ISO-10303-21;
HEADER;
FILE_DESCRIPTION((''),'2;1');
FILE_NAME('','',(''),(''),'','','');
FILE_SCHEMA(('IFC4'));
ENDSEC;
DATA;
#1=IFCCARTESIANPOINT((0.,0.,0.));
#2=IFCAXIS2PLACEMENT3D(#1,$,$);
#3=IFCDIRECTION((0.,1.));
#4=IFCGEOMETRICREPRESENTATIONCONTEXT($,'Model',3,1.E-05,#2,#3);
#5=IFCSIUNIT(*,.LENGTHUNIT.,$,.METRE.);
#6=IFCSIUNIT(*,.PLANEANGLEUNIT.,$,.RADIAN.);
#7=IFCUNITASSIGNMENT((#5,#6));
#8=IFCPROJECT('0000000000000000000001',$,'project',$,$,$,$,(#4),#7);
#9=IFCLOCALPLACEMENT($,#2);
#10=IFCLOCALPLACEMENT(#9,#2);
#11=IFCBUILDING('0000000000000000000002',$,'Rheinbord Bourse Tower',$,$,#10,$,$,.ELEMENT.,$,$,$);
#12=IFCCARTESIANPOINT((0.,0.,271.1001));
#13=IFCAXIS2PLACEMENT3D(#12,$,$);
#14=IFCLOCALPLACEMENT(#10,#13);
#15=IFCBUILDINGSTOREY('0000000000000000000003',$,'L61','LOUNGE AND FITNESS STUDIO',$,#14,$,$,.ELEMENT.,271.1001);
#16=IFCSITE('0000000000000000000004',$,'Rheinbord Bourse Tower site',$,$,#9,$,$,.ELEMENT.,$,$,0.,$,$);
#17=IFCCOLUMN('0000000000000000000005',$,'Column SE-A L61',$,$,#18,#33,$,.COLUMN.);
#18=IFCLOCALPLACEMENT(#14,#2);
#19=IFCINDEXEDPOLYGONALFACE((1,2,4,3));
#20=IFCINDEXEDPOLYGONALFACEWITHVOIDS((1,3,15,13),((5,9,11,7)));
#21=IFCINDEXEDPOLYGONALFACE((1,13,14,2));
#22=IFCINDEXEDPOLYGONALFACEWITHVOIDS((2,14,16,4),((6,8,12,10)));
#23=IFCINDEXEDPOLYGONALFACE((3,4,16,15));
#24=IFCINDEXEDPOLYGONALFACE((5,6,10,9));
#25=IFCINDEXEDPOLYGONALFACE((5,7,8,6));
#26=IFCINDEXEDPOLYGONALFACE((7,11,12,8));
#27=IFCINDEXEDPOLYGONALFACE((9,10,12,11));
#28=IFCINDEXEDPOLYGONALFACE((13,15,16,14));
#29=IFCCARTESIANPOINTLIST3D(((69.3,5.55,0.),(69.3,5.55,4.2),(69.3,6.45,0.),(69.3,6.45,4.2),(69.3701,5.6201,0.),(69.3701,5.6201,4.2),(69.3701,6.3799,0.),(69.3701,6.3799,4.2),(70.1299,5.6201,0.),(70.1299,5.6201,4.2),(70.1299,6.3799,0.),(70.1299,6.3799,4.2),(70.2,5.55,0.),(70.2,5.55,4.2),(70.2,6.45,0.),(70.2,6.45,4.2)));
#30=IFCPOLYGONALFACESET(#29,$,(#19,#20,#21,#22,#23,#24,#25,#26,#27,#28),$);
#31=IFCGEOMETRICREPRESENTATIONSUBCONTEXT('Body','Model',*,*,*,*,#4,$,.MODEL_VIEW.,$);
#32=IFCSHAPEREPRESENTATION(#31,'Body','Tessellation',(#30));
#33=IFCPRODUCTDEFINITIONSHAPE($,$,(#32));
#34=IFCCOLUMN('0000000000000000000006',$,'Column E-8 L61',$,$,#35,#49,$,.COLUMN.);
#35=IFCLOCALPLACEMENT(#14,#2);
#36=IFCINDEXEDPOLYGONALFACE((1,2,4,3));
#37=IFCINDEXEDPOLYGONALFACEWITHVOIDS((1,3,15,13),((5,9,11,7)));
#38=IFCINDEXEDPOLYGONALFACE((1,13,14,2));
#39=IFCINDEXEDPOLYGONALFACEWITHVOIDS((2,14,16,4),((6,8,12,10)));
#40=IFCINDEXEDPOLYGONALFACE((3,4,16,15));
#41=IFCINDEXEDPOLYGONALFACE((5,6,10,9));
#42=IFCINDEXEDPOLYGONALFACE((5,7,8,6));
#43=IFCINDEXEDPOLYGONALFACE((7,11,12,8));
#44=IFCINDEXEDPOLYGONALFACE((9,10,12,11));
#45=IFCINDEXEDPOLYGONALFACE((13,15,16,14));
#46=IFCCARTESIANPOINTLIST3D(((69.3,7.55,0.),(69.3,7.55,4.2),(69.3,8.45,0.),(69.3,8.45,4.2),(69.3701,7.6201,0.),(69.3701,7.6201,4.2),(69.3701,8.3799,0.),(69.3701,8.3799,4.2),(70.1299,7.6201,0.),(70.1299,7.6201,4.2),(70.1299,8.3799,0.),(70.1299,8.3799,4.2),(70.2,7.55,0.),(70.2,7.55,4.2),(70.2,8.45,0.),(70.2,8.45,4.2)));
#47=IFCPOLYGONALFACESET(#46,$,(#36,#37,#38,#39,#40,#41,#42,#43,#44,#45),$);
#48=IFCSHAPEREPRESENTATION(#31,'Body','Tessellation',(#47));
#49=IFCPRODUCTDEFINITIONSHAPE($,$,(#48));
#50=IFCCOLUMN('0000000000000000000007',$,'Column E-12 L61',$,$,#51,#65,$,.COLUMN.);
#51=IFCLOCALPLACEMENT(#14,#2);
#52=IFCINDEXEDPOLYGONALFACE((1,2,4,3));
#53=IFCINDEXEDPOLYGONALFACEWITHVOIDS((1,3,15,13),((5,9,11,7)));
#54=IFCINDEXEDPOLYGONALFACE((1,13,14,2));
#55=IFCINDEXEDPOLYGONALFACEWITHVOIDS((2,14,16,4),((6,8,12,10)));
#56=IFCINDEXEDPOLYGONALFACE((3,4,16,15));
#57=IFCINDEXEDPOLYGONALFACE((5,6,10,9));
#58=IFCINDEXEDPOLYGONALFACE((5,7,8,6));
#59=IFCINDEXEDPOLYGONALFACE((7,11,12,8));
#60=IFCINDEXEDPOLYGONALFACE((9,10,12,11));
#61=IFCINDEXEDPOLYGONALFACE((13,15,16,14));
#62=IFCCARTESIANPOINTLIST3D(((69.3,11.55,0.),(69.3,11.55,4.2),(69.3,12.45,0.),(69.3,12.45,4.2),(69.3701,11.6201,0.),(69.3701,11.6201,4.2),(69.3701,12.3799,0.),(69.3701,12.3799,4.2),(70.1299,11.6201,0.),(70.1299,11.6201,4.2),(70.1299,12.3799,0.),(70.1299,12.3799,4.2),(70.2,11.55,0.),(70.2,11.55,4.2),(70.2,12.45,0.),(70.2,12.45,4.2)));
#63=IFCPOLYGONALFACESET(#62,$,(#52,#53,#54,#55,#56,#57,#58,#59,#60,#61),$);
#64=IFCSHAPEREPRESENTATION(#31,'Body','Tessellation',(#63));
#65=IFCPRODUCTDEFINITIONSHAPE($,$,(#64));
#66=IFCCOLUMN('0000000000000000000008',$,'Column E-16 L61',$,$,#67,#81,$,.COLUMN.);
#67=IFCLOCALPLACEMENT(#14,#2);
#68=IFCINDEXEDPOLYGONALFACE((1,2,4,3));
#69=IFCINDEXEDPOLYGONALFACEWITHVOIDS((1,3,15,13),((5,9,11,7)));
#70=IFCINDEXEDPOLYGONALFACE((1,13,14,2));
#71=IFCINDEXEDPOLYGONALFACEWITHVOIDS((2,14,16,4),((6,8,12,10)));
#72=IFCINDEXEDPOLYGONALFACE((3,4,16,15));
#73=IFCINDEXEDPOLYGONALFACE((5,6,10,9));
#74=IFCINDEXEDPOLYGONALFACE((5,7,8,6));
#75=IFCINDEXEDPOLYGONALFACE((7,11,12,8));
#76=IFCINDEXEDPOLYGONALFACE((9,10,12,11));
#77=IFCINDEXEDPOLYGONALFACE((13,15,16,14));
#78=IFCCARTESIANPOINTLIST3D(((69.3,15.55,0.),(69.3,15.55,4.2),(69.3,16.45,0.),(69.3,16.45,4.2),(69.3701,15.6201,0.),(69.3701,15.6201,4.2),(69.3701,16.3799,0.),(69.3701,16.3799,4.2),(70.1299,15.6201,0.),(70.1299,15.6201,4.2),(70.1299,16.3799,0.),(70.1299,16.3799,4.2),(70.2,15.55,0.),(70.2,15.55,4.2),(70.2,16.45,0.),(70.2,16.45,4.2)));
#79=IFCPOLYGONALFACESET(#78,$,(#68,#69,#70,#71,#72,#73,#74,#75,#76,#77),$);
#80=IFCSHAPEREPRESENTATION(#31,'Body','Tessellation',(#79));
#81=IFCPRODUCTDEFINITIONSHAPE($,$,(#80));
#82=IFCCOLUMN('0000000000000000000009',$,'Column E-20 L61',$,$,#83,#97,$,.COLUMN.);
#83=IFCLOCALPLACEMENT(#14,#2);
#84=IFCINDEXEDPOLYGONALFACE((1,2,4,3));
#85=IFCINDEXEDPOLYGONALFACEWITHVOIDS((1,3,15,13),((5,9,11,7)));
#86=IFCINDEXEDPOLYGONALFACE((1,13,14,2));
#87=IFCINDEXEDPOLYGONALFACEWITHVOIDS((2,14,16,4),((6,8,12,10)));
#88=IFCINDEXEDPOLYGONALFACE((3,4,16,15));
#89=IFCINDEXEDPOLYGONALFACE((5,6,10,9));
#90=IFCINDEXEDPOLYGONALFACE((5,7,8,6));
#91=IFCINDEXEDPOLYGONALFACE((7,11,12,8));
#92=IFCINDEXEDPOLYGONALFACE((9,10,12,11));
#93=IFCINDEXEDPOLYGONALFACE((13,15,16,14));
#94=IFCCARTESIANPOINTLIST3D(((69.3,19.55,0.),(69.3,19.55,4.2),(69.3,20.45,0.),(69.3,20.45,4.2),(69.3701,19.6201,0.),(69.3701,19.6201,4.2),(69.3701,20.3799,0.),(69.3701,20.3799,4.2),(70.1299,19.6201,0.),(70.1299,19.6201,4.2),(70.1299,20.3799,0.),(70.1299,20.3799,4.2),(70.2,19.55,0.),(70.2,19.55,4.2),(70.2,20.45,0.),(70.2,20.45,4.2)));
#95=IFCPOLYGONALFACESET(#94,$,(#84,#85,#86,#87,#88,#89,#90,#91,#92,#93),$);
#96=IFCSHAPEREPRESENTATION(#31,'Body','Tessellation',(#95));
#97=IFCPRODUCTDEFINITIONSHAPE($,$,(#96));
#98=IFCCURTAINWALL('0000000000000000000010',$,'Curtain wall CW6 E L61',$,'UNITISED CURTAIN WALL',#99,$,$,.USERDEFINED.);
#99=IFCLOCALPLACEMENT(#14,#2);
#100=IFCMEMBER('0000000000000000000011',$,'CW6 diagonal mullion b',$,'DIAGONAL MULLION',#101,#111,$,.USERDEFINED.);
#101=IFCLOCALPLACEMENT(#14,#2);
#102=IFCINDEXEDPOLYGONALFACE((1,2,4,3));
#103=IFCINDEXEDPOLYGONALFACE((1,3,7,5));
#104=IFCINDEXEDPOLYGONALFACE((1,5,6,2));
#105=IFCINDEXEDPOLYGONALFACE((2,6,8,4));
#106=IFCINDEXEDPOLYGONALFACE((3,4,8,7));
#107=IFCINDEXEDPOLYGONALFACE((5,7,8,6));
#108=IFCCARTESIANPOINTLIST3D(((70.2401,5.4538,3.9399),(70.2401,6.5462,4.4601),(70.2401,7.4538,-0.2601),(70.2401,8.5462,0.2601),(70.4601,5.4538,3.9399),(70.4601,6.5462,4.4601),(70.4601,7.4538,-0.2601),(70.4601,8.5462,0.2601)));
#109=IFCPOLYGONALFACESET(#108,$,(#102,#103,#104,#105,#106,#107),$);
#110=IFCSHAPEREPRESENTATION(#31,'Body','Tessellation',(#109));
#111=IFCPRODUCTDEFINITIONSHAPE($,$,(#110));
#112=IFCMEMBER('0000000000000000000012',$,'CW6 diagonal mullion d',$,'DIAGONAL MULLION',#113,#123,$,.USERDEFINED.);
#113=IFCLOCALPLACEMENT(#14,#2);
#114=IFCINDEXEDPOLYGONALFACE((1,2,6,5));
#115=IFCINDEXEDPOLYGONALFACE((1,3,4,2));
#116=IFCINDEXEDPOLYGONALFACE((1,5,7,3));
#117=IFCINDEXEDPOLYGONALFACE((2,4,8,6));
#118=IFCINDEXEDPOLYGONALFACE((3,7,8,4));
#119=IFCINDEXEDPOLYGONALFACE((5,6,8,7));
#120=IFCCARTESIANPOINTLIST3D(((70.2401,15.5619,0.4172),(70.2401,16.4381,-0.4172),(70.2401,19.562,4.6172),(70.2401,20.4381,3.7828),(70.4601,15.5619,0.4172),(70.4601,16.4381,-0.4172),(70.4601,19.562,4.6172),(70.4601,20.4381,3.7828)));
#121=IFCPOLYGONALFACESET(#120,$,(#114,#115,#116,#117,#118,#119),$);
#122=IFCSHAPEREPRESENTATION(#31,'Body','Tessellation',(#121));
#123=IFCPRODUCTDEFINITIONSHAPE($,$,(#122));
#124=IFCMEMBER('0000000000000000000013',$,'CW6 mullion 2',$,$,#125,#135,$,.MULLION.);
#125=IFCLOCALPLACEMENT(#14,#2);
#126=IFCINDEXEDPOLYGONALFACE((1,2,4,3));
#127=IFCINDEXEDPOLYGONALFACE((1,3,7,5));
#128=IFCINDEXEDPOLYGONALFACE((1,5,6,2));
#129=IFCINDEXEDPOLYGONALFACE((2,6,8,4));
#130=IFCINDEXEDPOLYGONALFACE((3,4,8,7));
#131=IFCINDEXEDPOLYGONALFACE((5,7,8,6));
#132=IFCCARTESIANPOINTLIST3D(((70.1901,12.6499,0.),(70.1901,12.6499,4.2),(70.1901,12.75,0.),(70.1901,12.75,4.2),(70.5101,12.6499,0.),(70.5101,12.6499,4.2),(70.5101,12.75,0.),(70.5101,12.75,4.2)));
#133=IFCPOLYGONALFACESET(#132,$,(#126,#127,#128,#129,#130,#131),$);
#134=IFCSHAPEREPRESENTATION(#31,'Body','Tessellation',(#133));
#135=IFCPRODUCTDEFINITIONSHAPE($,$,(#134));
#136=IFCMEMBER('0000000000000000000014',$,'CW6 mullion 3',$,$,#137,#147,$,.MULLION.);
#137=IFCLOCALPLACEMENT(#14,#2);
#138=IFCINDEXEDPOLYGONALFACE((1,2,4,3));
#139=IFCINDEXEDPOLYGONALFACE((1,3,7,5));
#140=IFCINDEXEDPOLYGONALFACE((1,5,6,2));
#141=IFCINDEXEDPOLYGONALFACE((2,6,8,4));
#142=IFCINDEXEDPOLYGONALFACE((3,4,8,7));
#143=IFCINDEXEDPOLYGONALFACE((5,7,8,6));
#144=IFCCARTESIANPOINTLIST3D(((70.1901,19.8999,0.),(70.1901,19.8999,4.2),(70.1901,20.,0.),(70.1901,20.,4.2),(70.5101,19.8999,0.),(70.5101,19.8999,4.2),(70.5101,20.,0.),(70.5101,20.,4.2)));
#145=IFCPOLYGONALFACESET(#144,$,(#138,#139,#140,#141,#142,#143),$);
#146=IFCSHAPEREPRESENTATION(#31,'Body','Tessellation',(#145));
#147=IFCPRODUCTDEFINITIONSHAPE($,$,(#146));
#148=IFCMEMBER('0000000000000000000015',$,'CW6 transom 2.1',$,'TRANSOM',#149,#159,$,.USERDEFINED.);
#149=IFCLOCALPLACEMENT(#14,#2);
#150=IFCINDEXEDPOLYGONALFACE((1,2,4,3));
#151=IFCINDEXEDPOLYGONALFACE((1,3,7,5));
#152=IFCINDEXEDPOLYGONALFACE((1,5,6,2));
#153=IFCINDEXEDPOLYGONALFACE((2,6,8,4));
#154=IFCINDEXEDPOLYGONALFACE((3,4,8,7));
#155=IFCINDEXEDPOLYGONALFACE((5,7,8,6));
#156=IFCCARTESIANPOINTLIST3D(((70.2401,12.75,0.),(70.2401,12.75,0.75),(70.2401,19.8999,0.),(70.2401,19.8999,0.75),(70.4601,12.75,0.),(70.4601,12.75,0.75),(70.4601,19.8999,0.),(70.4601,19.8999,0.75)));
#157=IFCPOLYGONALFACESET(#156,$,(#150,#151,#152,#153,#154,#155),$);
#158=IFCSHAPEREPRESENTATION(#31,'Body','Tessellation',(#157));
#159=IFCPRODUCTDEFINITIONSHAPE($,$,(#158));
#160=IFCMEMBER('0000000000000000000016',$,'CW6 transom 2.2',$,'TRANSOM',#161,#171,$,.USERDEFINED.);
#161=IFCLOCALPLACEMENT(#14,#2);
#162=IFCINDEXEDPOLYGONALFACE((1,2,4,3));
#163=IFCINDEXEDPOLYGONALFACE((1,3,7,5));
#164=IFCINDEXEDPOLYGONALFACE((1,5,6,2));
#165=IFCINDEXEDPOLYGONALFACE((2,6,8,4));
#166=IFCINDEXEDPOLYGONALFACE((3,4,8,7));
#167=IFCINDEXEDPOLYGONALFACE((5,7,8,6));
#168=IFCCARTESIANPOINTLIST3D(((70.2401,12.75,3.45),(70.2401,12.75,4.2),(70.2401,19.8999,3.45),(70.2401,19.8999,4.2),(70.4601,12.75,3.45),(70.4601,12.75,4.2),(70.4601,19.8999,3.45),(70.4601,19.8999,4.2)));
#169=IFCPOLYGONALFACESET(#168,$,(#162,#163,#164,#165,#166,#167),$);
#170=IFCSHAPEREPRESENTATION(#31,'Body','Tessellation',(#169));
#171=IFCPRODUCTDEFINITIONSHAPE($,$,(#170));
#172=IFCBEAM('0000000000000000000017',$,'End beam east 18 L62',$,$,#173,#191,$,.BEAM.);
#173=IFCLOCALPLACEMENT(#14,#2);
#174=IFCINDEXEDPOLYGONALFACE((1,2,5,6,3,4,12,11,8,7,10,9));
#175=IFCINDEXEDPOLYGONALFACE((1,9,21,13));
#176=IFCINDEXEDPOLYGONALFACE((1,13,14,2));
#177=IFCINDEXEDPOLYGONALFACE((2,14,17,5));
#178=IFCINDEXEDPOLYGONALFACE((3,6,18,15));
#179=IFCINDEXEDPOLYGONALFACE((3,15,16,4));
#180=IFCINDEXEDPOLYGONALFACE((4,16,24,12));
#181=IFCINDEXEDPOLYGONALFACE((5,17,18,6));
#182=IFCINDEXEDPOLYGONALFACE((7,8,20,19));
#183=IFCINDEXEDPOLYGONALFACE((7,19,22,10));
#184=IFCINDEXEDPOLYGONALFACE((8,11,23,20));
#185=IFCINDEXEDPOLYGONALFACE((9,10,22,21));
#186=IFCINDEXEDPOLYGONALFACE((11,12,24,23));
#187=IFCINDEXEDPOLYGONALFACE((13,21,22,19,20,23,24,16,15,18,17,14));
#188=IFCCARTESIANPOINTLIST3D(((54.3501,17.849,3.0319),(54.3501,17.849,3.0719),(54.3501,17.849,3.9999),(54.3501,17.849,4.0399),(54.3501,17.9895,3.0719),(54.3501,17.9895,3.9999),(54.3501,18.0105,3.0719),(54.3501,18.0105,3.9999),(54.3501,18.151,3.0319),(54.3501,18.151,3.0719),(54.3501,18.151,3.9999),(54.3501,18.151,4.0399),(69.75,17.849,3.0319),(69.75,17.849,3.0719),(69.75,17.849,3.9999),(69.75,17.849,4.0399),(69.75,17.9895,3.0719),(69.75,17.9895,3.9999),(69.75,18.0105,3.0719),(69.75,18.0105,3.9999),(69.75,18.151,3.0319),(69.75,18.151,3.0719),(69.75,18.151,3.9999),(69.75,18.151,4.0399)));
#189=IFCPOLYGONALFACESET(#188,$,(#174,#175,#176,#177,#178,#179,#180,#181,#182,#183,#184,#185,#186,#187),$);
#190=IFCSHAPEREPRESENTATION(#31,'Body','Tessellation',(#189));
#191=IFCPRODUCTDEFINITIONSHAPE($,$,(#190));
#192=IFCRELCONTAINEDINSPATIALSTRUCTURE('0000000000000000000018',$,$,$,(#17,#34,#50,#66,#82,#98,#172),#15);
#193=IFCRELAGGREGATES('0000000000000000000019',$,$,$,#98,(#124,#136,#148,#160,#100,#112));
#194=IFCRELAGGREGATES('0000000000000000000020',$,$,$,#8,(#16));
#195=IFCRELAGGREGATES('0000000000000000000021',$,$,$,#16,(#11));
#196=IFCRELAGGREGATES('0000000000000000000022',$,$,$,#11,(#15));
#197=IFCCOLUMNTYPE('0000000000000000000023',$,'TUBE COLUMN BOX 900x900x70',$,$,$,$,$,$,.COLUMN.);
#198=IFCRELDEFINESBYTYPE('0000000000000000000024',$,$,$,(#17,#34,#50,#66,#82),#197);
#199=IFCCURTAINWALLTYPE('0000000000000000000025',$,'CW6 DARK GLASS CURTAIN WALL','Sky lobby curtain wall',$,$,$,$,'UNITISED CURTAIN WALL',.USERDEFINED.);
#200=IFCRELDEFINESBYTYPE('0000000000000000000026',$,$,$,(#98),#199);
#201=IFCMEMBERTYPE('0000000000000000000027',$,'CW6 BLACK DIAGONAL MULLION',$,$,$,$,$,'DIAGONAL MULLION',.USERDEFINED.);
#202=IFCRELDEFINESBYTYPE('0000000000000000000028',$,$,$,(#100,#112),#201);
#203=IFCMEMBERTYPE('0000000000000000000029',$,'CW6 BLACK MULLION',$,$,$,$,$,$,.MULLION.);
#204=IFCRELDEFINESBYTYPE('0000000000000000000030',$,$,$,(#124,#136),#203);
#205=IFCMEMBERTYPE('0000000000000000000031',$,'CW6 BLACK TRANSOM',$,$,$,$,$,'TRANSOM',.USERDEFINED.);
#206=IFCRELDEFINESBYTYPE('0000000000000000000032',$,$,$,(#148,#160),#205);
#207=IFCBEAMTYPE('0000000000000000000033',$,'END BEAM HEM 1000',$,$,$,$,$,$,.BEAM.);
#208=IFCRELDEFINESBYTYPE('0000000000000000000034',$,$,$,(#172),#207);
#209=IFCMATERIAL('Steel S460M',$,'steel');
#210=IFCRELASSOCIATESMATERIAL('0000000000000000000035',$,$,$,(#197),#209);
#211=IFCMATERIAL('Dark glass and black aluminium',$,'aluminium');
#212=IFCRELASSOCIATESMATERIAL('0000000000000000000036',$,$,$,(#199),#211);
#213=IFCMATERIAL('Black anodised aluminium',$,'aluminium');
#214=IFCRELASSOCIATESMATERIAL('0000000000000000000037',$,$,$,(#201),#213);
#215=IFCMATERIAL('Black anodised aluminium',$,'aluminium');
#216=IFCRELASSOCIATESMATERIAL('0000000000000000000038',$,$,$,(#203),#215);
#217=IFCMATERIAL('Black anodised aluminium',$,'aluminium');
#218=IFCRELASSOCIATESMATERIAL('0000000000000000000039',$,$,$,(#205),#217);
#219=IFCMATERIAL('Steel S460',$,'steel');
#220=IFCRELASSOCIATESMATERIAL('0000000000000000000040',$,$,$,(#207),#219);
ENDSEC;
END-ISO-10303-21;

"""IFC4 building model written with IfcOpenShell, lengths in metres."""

from ifc_helpers import new_model, si_unit, direction, frame, origin, origin_2d, place, context, subcontext, project, spatial, rectangle, hollow_rectangle, i_section, extrude, material, material_profile, profile_set, type_object, element, aggregate, save


model = new_model("IFC4")

# Units and contexts
model_context = context("Model", 3, precision=1e-05, world=origin(), true_north=direction((0.0, 1.0)))
body_context = subcontext(model_context, "Body", "Model", "MODEL_VIEW")
ifc_project = project(units=[si_unit("LENGTHUNIT", "METRE"), si_unit("PLANEANGLEUNIT", "RADIAN")], contexts=[model_context])

# Site, building, storey
site_placement = place(None, origin())
site = spatial("IfcSite", under=ifc_project, at=site_placement, Name="Rheinbord Bourse Tower site", CompositionType="ELEMENT", RefElevation=0.0)
building_placement = place(site_placement, origin())
building = spatial("IfcBuilding", under=site, at=building_placement, Name="Rheinbord Bourse Tower", CompositionType="ELEMENT")
storey_placement = place(building_placement, frame((0.0, 0.0, 271.1001)))
storey = spatial("IfcBuildingStorey", under=building, at=storey_placement, Name="L61", Description="LOUNGE AND FITNESS STUDIO", CompositionType="ELEMENT", Elevation=271.1001)

# Columns
ifc_material_1 = material(Name="Steel S460M", Category="steel")
ifc_material_profile_1 = material_profile(ifc_material_1, hollow_rectangle(XDim=0.8999, YDim=0.8999, WallThickness=0.0701, at=origin_2d()), Name="BOX 900x900x70")
ifc_profile_set_1 = profile_set([ifc_material_profile_1], Name="Steel S460M")
column_type = type_object("IfcColumnType", Name="TUBE COLUMN BOX 900x900x70", PredefinedType="COLUMN", material=ifc_profile_set_1)
for number, where, z_axis, x_axis, name in (
    (1, (69.75, 6.0, 0.0), (0.0, 0.0, 1.0), (1.0, 0.0, 0.0), "Column SE-A L61"),
    (2, (69.75, 8.0, 0.0), (0.0, 0.0, 1.0), (1.0, 0.0, 0.0), "Column E-8 L61"),
    (3, (69.75, 12.0, 0.0), (0.0, 0.0, 1.0), (1.0, 0.0, 0.0), "Column E-12 L61"),
    (4, (69.75, 16.0, 0.0), (0.0, 0.0, 1.0), (1.0, 0.0, 0.0), "Column E-16 L61"),
    (5, (69.75, 20.0, 0.0), (0.0, 0.0, 1.0), (1.0, 0.0, 0.0), "Column E-20 L61"),
):
    element("IfcColumn", number, at=place(storey_placement, frame(where, z_axis=z_axis, x_axis=x_axis)), inside=storey, type_object=column_type, Name=name, PredefinedType="COLUMN", context=body_context, shape_type="SweptSolid", body=[
        extrude(hollow_rectangle(XDim=0.8999, YDim=0.8999, WallThickness=0.0701, at=origin_2d()), origin(), (0.0, 0.0, 1.0), 4.2),
    ])

# Curtain wall, members
ifc_material_2 = material(Name="Dark glass and black aluminium", Category="aluminium")
curtain_wall_type = type_object("IfcCurtainWallType", Name="CW6 DARK GLASS CURTAIN WALL", Description="Sky lobby curtain wall", ElementType="UNITISED CURTAIN WALL", PredefinedType="USERDEFINED", material=ifc_material_2)
curtain_wall_placement = place(storey_placement, origin())
curtain_wall = element("IfcCurtainWall", 6, at=curtain_wall_placement, inside=storey, type_object=curtain_wall_type, Name="Curtain wall CW6 E L61", ObjectType="UNITISED CURTAIN WALL", PredefinedType="USERDEFINED")
ifc_material_3 = material(Name="Black anodised aluminium", Category="aluminium")
ifc_material_profile_2 = material_profile(ifc_material_3, rectangle(XDim=0.22, YDim=1.21, at=origin_2d()), Name="CW6 DIAGONAL MULLION 1210x220")
ifc_profile_set_2 = profile_set([ifc_material_profile_2], Name="Black anodised aluminium")
member_type_1 = type_object("IfcMemberType", Name="CW6 BLACK DIAGONAL MULLION", ElementType="DIAGONAL MULLION", PredefinedType="USERDEFINED", material=ifc_profile_set_2)
member_1_placement = place(storey_placement, frame((70.3501, 8.0, 0.0), z_axis=(0.0, -0.429938, 0.902859), x_axis=(1.0, 0.0, 0.0)))
member_1 = element("IfcMember", 7, at=member_1_placement, type_object=member_type_1, Name="CW6 diagonal mullion b", ObjectType="DIAGONAL MULLION", PredefinedType="USERDEFINED", context=body_context, shape_type="SweptSolid", body=[
    extrude(rectangle(XDim=0.22, YDim=1.21, at=origin_2d()), origin(), (0.0, 0.0, 1.0), 4.6519),
])
member_2_placement = place(storey_placement, frame((70.3501, 16.0, 0.0), z_axis=(0.0, 0.689659, 0.724134), x_axis=(-1.0, 0.0, 0.0)))
member_2 = element("IfcMember", 8, at=member_2_placement, type_object=member_type_1, Name="CW6 diagonal mullion d", ObjectType="DIAGONAL MULLION", PredefinedType="USERDEFINED", context=body_context, shape_type="SweptSolid", body=[
    extrude(rectangle(XDim=0.22, YDim=1.21, at=origin_2d()), origin(), (0.0, 0.0, 1.0), 5.8),
])
ifc_material_4 = material(Name="Black anodised aluminium", Category="aluminium")
ifc_material_profile_3 = material_profile(ifc_material_4, rectangle(XDim=0.3201, YDim=0.1001, at=origin_2d()), Name="CW6 MULLION 100x320")
ifc_profile_set_3 = profile_set([ifc_material_profile_3], Name="Black anodised aluminium")
member_type_2 = type_object("IfcMemberType", Name="CW6 BLACK MULLION", PredefinedType="MULLION", material=ifc_profile_set_3)
member_3_placement = place(storey_placement, frame((70.3501, 12.7, 0.0), z_axis=(0.0, 0.0, 1.0), x_axis=(-1.0, 0.0, 0.0)))
member_3 = element("IfcMember", 9, at=member_3_placement, type_object=member_type_2, Name="CW6 mullion 2", PredefinedType="MULLION", context=body_context, shape_type="SweptSolid", body=[
    extrude(rectangle(XDim=0.3201, YDim=0.1001, at=origin_2d()), origin(), (0.0, 0.0, 1.0), 4.2),
])
member_4_placement = place(storey_placement, frame((70.3501, 19.95, 0.0), z_axis=(0.0, 0.0, 1.0), x_axis=(-1.0, 0.0, 0.0)))
member_4 = element("IfcMember", 10, at=member_4_placement, type_object=member_type_2, Name="CW6 mullion 3", PredefinedType="MULLION", context=body_context, shape_type="SweptSolid", body=[
    extrude(rectangle(XDim=0.3201, YDim=0.1001, at=origin_2d()), origin(), (0.0, 0.0, 1.0), 4.2),
])
ifc_material_5 = material(Name="Black anodised aluminium", Category="aluminium")
ifc_material_profile_4 = material_profile(ifc_material_5, rectangle(XDim=0.22, YDim=0.75, at=origin_2d()), Name="CW6 TRANSOM 750x220")
ifc_profile_set_4 = profile_set([ifc_material_profile_4], Name="Black anodised aluminium")
member_type_3 = type_object("IfcMemberType", Name="CW6 BLACK TRANSOM", ElementType="TRANSOM", PredefinedType="USERDEFINED", material=ifc_profile_set_4)
member_5_placement = place(storey_placement, frame((70.3501, 12.75, 0.375), z_axis=(0.0, 1.0, 0.0), x_axis=(-1.0, 0.0, 0.0)))
member_5 = element("IfcMember", 11, at=member_5_placement, type_object=member_type_3, Name="CW6 transom 2.1", ObjectType="TRANSOM", PredefinedType="USERDEFINED", context=body_context, shape_type="SweptSolid", body=[
    extrude(rectangle(XDim=0.22, YDim=0.75, at=origin_2d()), origin(), (0.0, 0.0, 1.0), 7.1499),
])
member_6_placement = place(storey_placement, frame((70.3501, 12.75, 3.825), z_axis=(0.0, 1.0, 0.0), x_axis=(-1.0, 0.0, 0.0)))
member_6 = element("IfcMember", 12, at=member_6_placement, type_object=member_type_3, Name="CW6 transom 2.2", ObjectType="TRANSOM", PredefinedType="USERDEFINED", context=body_context, shape_type="SweptSolid", body=[
    extrude(rectangle(XDim=0.22, YDim=0.75, at=origin_2d()), origin(), (0.0, 0.0, 1.0), 7.1499),
])

# Beam
ifc_material_6 = material(Name="Steel S460", Category="steel")
ifc_material_profile_5 = material_profile(ifc_material_6, i_section(OverallWidth=0.302, OverallDepth=1.0081, WebThickness=0.021, FlangeThickness=0.04, at=origin_2d()), Name="HEM 1000")
ifc_profile_set_5 = profile_set([ifc_material_profile_5], Name="Steel S460")
beam_type_1 = type_object("IfcBeamType", Name="END BEAM HEM 1000", PredefinedType="BEAM", material=ifc_profile_set_5)
beam_1_placement = place(storey_placement, frame((54.3501, 18.0, 3.5359), z_axis=(1.0, 0.0, 0.0), x_axis=(0.0, 1.0, 0.0)))
element("IfcBeam", 13, at=beam_1_placement, inside=storey, type_object=beam_type_1, Name="End beam east 18 L62", PredefinedType="BEAM", context=body_context, shape_type="SweptSolid", body=[
    extrude(i_section(OverallWidth=0.302, OverallDepth=1.0081, WebThickness=0.021, FlangeThickness=0.04, at=origin_2d()), origin(), (0.0, 0.0, 1.0), 15.3999),
])

aggregate(curtain_wall, [member_3, member_4, member_5, member_6, member_1, member_2])

save(model, "model.ifc")
